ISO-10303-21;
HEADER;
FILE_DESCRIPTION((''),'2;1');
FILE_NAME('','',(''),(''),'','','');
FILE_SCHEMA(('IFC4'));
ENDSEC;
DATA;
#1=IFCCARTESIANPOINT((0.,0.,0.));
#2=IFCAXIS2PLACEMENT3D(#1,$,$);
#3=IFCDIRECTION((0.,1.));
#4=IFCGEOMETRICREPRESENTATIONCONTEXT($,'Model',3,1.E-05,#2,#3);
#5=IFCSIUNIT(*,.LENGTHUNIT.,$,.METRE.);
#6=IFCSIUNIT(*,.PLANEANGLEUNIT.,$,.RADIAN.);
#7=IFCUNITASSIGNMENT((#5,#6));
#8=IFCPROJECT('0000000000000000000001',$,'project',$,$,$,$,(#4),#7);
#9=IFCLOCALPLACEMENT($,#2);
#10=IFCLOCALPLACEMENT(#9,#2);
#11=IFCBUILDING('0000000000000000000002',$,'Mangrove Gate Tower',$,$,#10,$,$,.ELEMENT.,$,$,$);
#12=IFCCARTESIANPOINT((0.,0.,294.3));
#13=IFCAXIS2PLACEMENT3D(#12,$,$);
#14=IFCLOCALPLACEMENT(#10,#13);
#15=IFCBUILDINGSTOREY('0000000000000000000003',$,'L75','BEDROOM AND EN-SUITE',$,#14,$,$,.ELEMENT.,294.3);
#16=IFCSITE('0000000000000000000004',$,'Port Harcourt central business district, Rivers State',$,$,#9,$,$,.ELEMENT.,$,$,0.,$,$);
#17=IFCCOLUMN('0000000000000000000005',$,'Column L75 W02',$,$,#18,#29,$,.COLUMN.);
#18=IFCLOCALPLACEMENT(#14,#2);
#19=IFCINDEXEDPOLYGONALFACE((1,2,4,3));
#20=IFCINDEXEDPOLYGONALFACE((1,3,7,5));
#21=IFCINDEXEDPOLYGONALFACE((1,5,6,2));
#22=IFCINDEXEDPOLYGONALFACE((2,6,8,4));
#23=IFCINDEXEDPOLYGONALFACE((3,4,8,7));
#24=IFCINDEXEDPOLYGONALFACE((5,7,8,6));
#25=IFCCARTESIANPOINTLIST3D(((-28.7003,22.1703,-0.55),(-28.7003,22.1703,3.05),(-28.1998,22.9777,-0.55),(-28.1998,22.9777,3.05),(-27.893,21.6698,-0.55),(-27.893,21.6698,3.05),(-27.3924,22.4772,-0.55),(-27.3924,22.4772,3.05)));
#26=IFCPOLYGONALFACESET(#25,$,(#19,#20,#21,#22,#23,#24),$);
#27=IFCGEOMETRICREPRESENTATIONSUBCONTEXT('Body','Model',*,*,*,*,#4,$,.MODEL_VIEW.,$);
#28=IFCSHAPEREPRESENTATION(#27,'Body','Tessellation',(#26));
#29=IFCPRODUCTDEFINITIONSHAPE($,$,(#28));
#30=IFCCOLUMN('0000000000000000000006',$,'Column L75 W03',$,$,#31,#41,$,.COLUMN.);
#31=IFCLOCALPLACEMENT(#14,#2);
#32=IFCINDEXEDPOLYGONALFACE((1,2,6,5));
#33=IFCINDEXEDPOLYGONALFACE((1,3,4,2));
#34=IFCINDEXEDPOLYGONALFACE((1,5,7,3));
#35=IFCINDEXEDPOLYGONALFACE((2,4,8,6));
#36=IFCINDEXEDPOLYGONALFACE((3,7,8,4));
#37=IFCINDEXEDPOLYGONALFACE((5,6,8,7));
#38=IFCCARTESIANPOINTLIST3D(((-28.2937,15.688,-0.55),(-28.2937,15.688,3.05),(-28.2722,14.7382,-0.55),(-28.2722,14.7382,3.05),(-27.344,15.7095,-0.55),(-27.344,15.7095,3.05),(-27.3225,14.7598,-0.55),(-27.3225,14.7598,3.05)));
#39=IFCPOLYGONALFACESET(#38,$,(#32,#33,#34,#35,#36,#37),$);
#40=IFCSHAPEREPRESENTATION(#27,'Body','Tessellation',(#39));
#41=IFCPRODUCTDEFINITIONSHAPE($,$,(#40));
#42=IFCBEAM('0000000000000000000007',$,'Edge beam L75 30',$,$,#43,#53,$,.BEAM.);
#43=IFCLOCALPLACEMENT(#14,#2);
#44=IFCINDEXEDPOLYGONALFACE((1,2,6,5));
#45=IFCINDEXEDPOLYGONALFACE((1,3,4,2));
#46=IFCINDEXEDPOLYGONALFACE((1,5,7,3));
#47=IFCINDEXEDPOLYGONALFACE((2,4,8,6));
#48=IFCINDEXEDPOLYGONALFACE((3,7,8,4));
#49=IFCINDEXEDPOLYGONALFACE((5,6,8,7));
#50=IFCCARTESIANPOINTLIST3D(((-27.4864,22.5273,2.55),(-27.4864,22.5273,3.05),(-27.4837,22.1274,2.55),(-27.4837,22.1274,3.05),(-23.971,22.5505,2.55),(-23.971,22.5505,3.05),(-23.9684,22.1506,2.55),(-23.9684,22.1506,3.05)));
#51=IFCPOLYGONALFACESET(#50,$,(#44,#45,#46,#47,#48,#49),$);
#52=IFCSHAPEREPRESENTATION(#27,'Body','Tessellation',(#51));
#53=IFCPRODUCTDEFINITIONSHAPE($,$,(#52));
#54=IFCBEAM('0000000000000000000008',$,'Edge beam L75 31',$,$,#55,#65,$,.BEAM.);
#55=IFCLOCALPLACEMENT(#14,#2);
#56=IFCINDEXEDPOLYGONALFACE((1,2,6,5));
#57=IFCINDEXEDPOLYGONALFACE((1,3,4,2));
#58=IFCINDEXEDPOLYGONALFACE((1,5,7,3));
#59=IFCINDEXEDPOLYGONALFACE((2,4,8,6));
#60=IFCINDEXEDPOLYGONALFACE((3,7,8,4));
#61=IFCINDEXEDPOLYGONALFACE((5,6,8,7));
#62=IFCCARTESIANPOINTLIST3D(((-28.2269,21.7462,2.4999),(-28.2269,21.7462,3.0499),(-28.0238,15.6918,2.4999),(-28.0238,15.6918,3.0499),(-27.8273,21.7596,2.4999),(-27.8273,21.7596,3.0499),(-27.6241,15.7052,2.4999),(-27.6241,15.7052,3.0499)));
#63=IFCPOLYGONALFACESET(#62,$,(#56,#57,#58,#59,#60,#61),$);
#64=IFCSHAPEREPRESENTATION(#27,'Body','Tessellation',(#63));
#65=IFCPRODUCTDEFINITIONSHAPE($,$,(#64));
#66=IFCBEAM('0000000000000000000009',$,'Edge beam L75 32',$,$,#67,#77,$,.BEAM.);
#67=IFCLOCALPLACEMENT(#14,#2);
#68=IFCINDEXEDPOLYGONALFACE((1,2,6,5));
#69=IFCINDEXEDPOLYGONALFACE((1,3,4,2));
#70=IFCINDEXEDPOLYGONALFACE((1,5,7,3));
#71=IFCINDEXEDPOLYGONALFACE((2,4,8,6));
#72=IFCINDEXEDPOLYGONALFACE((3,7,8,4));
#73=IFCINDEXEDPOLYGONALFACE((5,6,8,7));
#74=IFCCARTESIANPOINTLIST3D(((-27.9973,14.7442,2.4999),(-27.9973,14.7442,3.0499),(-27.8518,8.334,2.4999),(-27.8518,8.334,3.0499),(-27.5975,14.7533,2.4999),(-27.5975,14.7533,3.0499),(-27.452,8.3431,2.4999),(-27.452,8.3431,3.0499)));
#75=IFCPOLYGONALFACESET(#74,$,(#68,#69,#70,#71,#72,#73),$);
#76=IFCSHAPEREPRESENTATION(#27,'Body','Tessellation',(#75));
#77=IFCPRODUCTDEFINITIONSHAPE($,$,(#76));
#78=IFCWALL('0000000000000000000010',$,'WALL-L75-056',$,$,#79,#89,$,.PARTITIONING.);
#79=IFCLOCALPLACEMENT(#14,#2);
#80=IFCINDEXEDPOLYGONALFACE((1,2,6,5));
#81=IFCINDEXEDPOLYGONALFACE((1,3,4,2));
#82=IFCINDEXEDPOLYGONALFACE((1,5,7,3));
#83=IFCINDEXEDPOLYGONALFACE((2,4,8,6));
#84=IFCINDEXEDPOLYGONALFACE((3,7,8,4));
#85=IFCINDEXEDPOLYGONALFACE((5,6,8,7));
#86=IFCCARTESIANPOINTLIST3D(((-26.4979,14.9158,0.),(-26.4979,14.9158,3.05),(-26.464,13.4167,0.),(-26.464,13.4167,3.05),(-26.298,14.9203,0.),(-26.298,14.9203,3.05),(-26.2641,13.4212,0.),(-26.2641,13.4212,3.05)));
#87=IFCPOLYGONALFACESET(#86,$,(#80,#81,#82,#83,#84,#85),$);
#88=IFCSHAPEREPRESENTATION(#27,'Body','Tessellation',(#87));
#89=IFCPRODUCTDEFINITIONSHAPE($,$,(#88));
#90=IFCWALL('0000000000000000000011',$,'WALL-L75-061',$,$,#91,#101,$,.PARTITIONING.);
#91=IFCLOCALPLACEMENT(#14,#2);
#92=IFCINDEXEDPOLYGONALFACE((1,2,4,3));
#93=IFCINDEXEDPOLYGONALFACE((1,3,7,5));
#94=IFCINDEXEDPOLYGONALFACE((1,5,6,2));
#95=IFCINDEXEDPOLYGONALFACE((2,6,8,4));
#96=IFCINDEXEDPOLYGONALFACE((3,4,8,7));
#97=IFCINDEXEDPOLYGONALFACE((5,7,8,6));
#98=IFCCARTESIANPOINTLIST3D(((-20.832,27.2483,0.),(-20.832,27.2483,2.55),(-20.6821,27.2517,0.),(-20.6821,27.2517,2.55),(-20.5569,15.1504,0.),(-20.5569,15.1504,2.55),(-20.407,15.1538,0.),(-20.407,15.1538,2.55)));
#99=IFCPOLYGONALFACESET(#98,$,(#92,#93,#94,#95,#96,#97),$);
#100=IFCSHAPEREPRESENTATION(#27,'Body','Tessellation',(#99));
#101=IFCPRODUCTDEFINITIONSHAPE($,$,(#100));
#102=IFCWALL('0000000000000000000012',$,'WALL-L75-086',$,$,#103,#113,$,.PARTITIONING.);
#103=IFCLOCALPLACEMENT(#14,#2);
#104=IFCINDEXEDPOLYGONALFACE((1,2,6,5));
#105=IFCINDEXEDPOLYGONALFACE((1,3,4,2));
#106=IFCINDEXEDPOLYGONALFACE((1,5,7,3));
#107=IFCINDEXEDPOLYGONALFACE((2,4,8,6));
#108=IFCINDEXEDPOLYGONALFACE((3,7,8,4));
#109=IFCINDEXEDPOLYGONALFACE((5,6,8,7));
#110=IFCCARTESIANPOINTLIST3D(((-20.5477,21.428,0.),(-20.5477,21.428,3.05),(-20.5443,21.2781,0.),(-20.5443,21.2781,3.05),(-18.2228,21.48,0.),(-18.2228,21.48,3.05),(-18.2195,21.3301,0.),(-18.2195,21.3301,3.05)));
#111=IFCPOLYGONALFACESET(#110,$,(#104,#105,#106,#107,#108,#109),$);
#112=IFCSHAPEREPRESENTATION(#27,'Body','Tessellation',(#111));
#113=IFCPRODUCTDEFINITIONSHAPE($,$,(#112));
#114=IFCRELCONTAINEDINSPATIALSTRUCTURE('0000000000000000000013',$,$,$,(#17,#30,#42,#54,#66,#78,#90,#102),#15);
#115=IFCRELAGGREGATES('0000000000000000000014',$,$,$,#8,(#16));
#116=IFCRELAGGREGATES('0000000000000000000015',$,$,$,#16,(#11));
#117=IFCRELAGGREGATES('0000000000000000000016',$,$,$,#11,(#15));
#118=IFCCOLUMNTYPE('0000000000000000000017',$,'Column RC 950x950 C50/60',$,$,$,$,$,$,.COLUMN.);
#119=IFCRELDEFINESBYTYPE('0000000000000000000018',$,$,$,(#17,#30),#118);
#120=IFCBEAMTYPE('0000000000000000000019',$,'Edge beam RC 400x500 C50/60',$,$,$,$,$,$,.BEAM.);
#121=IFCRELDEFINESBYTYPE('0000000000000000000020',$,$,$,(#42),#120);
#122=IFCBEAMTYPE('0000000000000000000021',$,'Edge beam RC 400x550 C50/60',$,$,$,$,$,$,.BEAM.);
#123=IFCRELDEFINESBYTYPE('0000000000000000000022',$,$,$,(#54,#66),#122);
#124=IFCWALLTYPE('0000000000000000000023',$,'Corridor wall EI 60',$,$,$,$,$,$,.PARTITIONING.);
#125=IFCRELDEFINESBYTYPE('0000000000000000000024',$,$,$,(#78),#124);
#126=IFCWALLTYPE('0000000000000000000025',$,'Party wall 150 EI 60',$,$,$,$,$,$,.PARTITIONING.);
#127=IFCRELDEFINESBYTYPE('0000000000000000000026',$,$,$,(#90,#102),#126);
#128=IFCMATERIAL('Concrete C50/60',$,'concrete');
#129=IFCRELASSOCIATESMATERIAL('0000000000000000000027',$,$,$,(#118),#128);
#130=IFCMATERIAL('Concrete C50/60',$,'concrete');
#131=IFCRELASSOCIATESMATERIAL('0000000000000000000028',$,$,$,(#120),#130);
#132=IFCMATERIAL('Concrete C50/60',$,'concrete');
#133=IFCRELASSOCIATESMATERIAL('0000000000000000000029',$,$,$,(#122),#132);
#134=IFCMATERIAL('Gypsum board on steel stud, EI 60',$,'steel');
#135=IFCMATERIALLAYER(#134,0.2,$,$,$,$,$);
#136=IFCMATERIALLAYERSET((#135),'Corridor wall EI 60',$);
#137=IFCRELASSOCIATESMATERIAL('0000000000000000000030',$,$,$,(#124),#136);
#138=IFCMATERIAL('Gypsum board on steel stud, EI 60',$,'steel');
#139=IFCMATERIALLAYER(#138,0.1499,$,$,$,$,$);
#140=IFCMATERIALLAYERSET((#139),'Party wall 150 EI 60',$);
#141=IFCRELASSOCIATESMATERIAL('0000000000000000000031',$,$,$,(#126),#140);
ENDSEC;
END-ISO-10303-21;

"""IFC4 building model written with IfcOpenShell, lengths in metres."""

from ifc_helpers import new_model, si_unit, direction, frame, frame_2d, origin, origin_2d, place, context, subcontext, project, spatial, rectangle, extrude, material, layer, layer_set, material_profile, profile_set, type_object, element, save


model = new_model("IFC4")

# Units and contexts
model_context = context("Model", 3, precision=1e-05, world=origin(), true_north=direction((0.0, 1.0)))
body_context = subcontext(model_context, "Body", "Model", "MODEL_VIEW")
ifc_project = project(units=[si_unit("LENGTHUNIT", "METRE"), si_unit("PLANEANGLEUNIT", "RADIAN")], contexts=[model_context])

# Site, building, storey
site_placement = place(None, origin())
site = spatial("IfcSite", under=ifc_project, at=site_placement, Name="Port Harcourt central business district, Rivers State", CompositionType="ELEMENT", RefElevation=0.0)
building_placement = place(site_placement, origin())
building = spatial("IfcBuilding", under=site, at=building_placement, Name="Mangrove Gate Tower", CompositionType="ELEMENT")
storey_placement = place(building_placement, frame((0.0, 0.0, 294.3)))
storey = spatial("IfcBuildingStorey", under=building, at=storey_placement, Name="L75", Description="BEDROOM AND EN-SUITE", CompositionType="ELEMENT", Elevation=294.3)

# Columns
ifc_material_1 = material(Name="Concrete C50/60", Category="concrete")
ifc_material_profile_1 = material_profile(ifc_material_1, rectangle(XDim=0.95, YDim=0.95, at=origin_2d()))
ifc_profile_set_1 = profile_set([ifc_material_profile_1], Name="Concrete C50/60")
column_type = type_object("IfcColumnType", Name="Column RC 950x950 C50/60", PredefinedType="COLUMN", material=ifc_profile_set_1)
for number, where, z_axis, x_axis, name in (
    (1, (-28.0464, 22.3237, -0.55), (0.0, 0.0, 1.0), (-0.526907, -0.849923, 0.0), "Column L75 W02"),
    (2, (-27.8081, 15.2239, -0.55), (0.0, 0.0, 1.0), (0.022683, -0.999743, 0.0), "Column L75 W03"),
):
    element("IfcColumn", number, at=place(storey_placement, frame(where, z_axis=z_axis, x_axis=x_axis)), inside=storey, type_object=column_type, Name=name, PredefinedType="COLUMN", context=body_context, shape_type="SweptSolid", body=[
        extrude(rectangle(XDim=0.95, YDim=0.95, at=origin_2d()), origin(), (0.0, 0.0, 1.0), 3.6001),
    ])

# Beams
ifc_material_2 = material(Name="Concrete C50/60", Category="concrete")
ifc_material_profile_2 = material_profile(ifc_material_2, rectangle(XDim=0.3999, YDim=0.5, at=origin_2d()))
ifc_profile_set_2 = profile_set([ifc_material_profile_2], Name="Concrete C50/60")
beam_type_1 = type_object("IfcBeamType", Name="Edge beam RC 400x500 C50/60", PredefinedType="BEAM", material=ifc_profile_set_2)
beam_1_placement = place(storey_placement, frame((-23.9697, 22.3506, 2.8), z_axis=(-0.999978, -0.006598, 0.0), x_axis=(0.006598, -0.999978, 0.0)))
element("IfcBeam", 3, at=beam_1_placement, inside=storey, type_object=beam_type_1, Name="Edge beam L75 30", PredefinedType="BEAM", context=body_context, shape_type="SweptSolid", body=[
    extrude(rectangle(XDim=0.3999, YDim=0.5, at=origin_2d()), origin(), (0.0, 0.0, 1.0), 3.5154),
])
ifc_material_3 = material(Name="Concrete C50/60", Category="concrete")
ifc_material_profile_3 = material_profile(ifc_material_3, rectangle(XDim=0.3999, YDim=0.55, at=origin_2d()))
ifc_profile_set_3 = profile_set([ifc_material_profile_3], Name="Concrete C50/60")
beam_type_2 = type_object("IfcBeamType", Name="Edge beam RC 400x550 C50/60", PredefinedType="BEAM", material=ifc_profile_set_3)
beam_2_placement = place(storey_placement, frame((-28.0271, 21.7529, 2.7749), z_axis=(0.033531, -0.999438, 0.0), x_axis=(0.999438, 0.033531, 0.0)))
element("IfcBeam", 4, at=beam_2_placement, inside=storey, type_object=beam_type_2, Name="Edge beam L75 31", PredefinedType="BEAM", context=body_context, shape_type="SweptSolid", body=[
    extrude(rectangle(XDim=0.3999, YDim=0.55, at=origin_2d()), origin(), (0.0, 0.0, 1.0), 6.0579),
])
beam_3_placement = place(storey_placement, frame((-27.7974, 14.7488, 2.7749), z_axis=(0.022694, -0.999742, 0.0), x_axis=(0.999742, 0.022694, 0.0)))
element("IfcBeam", 5, at=beam_3_placement, inside=storey, type_object=beam_type_2, Name="Edge beam L75 32", PredefinedType="BEAM", context=body_context, shape_type="SweptSolid", body=[
    extrude(rectangle(XDim=0.3999, YDim=0.55, at=origin_2d()), origin(), (0.0, 0.0, 1.0), 6.4119),
])

# Wall
ifc_material_4 = material(Name="Gypsum board on steel stud, EI 60", Category="steel")
ifc_layer_1 = layer(ifc_material_4, 0.2)
ifc_layer_set_1 = layer_set([ifc_layer_1], Name="Corridor wall EI 60")
wall_type_1 = type_object("IfcWallType", Name="Corridor wall EI 60", PredefinedType="PARTITIONING", material=ifc_layer_set_1)
wall_1_placement = place(storey_placement, frame((-26.364, 13.4189, 0.0), z_axis=(0.0, 0.0, 1.0), x_axis=(-0.022633, 0.999744, 0.0)))
element("IfcWall", 6, at=wall_1_placement, inside=storey, type_object=wall_type_1, Name="WALL-L75-056", PredefinedType="PARTITIONING", context=body_context, shape_type="SweptSolid", body=[
    extrude(rectangle(XDim=1.4995, YDim=0.2, at=frame_2d((0.7498, 0.0))), origin(), (0.0, 0.0, 1.0), 3.05),
])

# Walls
ifc_material_5 = material(Name="Gypsum board on steel stud, EI 60", Category="steel")
ifc_layer_2 = layer(ifc_material_5, 0.1499)
ifc_layer_set_2 = layer_set([ifc_layer_2], Name="Party wall 150 EI 60")
wall_type_2 = type_object("IfcWallType", Name="Party wall 150 EI 60", PredefinedType="PARTITIONING", material=ifc_layer_set_2)
wall_2_placement = place(storey_placement, frame((-20.4819, 15.1521, 0.0), z_axis=(0.0, 0.0, 1.0), x_axis=(-0.022737, 0.999741, 0.0)))
element("IfcWall", 7, at=wall_2_placement, inside=storey, type_object=wall_type_2, Name="WALL-L75-061", PredefinedType="PARTITIONING", context=body_context, shape_type="SweptSolid", body=[
    extrude(rectangle(XDim=12.1011, YDim=0.1499, at=frame_2d((6.0505, 0.0))), origin(), (0.0, 0.0, 1.0), 2.55),
])
wall_3_placement = place(storey_placement, frame((-20.5459, 21.353, 0.0), z_axis=(0.0, 0.0, 1.0), x_axis=(0.99975, 0.022361, 0.0)))
element("IfcWall", 8, at=wall_3_placement, inside=storey, type_object=wall_type_2, Name="WALL-L75-086", PredefinedType="PARTITIONING", context=body_context, shape_type="SweptSolid", body=[
    extrude(rectangle(XDim=2.3254, YDim=0.1499, at=frame_2d((1.1626, 0.0))), origin(), (0.0, 0.0, 1.0), 3.05),
])

save(model, "model.ifc")
